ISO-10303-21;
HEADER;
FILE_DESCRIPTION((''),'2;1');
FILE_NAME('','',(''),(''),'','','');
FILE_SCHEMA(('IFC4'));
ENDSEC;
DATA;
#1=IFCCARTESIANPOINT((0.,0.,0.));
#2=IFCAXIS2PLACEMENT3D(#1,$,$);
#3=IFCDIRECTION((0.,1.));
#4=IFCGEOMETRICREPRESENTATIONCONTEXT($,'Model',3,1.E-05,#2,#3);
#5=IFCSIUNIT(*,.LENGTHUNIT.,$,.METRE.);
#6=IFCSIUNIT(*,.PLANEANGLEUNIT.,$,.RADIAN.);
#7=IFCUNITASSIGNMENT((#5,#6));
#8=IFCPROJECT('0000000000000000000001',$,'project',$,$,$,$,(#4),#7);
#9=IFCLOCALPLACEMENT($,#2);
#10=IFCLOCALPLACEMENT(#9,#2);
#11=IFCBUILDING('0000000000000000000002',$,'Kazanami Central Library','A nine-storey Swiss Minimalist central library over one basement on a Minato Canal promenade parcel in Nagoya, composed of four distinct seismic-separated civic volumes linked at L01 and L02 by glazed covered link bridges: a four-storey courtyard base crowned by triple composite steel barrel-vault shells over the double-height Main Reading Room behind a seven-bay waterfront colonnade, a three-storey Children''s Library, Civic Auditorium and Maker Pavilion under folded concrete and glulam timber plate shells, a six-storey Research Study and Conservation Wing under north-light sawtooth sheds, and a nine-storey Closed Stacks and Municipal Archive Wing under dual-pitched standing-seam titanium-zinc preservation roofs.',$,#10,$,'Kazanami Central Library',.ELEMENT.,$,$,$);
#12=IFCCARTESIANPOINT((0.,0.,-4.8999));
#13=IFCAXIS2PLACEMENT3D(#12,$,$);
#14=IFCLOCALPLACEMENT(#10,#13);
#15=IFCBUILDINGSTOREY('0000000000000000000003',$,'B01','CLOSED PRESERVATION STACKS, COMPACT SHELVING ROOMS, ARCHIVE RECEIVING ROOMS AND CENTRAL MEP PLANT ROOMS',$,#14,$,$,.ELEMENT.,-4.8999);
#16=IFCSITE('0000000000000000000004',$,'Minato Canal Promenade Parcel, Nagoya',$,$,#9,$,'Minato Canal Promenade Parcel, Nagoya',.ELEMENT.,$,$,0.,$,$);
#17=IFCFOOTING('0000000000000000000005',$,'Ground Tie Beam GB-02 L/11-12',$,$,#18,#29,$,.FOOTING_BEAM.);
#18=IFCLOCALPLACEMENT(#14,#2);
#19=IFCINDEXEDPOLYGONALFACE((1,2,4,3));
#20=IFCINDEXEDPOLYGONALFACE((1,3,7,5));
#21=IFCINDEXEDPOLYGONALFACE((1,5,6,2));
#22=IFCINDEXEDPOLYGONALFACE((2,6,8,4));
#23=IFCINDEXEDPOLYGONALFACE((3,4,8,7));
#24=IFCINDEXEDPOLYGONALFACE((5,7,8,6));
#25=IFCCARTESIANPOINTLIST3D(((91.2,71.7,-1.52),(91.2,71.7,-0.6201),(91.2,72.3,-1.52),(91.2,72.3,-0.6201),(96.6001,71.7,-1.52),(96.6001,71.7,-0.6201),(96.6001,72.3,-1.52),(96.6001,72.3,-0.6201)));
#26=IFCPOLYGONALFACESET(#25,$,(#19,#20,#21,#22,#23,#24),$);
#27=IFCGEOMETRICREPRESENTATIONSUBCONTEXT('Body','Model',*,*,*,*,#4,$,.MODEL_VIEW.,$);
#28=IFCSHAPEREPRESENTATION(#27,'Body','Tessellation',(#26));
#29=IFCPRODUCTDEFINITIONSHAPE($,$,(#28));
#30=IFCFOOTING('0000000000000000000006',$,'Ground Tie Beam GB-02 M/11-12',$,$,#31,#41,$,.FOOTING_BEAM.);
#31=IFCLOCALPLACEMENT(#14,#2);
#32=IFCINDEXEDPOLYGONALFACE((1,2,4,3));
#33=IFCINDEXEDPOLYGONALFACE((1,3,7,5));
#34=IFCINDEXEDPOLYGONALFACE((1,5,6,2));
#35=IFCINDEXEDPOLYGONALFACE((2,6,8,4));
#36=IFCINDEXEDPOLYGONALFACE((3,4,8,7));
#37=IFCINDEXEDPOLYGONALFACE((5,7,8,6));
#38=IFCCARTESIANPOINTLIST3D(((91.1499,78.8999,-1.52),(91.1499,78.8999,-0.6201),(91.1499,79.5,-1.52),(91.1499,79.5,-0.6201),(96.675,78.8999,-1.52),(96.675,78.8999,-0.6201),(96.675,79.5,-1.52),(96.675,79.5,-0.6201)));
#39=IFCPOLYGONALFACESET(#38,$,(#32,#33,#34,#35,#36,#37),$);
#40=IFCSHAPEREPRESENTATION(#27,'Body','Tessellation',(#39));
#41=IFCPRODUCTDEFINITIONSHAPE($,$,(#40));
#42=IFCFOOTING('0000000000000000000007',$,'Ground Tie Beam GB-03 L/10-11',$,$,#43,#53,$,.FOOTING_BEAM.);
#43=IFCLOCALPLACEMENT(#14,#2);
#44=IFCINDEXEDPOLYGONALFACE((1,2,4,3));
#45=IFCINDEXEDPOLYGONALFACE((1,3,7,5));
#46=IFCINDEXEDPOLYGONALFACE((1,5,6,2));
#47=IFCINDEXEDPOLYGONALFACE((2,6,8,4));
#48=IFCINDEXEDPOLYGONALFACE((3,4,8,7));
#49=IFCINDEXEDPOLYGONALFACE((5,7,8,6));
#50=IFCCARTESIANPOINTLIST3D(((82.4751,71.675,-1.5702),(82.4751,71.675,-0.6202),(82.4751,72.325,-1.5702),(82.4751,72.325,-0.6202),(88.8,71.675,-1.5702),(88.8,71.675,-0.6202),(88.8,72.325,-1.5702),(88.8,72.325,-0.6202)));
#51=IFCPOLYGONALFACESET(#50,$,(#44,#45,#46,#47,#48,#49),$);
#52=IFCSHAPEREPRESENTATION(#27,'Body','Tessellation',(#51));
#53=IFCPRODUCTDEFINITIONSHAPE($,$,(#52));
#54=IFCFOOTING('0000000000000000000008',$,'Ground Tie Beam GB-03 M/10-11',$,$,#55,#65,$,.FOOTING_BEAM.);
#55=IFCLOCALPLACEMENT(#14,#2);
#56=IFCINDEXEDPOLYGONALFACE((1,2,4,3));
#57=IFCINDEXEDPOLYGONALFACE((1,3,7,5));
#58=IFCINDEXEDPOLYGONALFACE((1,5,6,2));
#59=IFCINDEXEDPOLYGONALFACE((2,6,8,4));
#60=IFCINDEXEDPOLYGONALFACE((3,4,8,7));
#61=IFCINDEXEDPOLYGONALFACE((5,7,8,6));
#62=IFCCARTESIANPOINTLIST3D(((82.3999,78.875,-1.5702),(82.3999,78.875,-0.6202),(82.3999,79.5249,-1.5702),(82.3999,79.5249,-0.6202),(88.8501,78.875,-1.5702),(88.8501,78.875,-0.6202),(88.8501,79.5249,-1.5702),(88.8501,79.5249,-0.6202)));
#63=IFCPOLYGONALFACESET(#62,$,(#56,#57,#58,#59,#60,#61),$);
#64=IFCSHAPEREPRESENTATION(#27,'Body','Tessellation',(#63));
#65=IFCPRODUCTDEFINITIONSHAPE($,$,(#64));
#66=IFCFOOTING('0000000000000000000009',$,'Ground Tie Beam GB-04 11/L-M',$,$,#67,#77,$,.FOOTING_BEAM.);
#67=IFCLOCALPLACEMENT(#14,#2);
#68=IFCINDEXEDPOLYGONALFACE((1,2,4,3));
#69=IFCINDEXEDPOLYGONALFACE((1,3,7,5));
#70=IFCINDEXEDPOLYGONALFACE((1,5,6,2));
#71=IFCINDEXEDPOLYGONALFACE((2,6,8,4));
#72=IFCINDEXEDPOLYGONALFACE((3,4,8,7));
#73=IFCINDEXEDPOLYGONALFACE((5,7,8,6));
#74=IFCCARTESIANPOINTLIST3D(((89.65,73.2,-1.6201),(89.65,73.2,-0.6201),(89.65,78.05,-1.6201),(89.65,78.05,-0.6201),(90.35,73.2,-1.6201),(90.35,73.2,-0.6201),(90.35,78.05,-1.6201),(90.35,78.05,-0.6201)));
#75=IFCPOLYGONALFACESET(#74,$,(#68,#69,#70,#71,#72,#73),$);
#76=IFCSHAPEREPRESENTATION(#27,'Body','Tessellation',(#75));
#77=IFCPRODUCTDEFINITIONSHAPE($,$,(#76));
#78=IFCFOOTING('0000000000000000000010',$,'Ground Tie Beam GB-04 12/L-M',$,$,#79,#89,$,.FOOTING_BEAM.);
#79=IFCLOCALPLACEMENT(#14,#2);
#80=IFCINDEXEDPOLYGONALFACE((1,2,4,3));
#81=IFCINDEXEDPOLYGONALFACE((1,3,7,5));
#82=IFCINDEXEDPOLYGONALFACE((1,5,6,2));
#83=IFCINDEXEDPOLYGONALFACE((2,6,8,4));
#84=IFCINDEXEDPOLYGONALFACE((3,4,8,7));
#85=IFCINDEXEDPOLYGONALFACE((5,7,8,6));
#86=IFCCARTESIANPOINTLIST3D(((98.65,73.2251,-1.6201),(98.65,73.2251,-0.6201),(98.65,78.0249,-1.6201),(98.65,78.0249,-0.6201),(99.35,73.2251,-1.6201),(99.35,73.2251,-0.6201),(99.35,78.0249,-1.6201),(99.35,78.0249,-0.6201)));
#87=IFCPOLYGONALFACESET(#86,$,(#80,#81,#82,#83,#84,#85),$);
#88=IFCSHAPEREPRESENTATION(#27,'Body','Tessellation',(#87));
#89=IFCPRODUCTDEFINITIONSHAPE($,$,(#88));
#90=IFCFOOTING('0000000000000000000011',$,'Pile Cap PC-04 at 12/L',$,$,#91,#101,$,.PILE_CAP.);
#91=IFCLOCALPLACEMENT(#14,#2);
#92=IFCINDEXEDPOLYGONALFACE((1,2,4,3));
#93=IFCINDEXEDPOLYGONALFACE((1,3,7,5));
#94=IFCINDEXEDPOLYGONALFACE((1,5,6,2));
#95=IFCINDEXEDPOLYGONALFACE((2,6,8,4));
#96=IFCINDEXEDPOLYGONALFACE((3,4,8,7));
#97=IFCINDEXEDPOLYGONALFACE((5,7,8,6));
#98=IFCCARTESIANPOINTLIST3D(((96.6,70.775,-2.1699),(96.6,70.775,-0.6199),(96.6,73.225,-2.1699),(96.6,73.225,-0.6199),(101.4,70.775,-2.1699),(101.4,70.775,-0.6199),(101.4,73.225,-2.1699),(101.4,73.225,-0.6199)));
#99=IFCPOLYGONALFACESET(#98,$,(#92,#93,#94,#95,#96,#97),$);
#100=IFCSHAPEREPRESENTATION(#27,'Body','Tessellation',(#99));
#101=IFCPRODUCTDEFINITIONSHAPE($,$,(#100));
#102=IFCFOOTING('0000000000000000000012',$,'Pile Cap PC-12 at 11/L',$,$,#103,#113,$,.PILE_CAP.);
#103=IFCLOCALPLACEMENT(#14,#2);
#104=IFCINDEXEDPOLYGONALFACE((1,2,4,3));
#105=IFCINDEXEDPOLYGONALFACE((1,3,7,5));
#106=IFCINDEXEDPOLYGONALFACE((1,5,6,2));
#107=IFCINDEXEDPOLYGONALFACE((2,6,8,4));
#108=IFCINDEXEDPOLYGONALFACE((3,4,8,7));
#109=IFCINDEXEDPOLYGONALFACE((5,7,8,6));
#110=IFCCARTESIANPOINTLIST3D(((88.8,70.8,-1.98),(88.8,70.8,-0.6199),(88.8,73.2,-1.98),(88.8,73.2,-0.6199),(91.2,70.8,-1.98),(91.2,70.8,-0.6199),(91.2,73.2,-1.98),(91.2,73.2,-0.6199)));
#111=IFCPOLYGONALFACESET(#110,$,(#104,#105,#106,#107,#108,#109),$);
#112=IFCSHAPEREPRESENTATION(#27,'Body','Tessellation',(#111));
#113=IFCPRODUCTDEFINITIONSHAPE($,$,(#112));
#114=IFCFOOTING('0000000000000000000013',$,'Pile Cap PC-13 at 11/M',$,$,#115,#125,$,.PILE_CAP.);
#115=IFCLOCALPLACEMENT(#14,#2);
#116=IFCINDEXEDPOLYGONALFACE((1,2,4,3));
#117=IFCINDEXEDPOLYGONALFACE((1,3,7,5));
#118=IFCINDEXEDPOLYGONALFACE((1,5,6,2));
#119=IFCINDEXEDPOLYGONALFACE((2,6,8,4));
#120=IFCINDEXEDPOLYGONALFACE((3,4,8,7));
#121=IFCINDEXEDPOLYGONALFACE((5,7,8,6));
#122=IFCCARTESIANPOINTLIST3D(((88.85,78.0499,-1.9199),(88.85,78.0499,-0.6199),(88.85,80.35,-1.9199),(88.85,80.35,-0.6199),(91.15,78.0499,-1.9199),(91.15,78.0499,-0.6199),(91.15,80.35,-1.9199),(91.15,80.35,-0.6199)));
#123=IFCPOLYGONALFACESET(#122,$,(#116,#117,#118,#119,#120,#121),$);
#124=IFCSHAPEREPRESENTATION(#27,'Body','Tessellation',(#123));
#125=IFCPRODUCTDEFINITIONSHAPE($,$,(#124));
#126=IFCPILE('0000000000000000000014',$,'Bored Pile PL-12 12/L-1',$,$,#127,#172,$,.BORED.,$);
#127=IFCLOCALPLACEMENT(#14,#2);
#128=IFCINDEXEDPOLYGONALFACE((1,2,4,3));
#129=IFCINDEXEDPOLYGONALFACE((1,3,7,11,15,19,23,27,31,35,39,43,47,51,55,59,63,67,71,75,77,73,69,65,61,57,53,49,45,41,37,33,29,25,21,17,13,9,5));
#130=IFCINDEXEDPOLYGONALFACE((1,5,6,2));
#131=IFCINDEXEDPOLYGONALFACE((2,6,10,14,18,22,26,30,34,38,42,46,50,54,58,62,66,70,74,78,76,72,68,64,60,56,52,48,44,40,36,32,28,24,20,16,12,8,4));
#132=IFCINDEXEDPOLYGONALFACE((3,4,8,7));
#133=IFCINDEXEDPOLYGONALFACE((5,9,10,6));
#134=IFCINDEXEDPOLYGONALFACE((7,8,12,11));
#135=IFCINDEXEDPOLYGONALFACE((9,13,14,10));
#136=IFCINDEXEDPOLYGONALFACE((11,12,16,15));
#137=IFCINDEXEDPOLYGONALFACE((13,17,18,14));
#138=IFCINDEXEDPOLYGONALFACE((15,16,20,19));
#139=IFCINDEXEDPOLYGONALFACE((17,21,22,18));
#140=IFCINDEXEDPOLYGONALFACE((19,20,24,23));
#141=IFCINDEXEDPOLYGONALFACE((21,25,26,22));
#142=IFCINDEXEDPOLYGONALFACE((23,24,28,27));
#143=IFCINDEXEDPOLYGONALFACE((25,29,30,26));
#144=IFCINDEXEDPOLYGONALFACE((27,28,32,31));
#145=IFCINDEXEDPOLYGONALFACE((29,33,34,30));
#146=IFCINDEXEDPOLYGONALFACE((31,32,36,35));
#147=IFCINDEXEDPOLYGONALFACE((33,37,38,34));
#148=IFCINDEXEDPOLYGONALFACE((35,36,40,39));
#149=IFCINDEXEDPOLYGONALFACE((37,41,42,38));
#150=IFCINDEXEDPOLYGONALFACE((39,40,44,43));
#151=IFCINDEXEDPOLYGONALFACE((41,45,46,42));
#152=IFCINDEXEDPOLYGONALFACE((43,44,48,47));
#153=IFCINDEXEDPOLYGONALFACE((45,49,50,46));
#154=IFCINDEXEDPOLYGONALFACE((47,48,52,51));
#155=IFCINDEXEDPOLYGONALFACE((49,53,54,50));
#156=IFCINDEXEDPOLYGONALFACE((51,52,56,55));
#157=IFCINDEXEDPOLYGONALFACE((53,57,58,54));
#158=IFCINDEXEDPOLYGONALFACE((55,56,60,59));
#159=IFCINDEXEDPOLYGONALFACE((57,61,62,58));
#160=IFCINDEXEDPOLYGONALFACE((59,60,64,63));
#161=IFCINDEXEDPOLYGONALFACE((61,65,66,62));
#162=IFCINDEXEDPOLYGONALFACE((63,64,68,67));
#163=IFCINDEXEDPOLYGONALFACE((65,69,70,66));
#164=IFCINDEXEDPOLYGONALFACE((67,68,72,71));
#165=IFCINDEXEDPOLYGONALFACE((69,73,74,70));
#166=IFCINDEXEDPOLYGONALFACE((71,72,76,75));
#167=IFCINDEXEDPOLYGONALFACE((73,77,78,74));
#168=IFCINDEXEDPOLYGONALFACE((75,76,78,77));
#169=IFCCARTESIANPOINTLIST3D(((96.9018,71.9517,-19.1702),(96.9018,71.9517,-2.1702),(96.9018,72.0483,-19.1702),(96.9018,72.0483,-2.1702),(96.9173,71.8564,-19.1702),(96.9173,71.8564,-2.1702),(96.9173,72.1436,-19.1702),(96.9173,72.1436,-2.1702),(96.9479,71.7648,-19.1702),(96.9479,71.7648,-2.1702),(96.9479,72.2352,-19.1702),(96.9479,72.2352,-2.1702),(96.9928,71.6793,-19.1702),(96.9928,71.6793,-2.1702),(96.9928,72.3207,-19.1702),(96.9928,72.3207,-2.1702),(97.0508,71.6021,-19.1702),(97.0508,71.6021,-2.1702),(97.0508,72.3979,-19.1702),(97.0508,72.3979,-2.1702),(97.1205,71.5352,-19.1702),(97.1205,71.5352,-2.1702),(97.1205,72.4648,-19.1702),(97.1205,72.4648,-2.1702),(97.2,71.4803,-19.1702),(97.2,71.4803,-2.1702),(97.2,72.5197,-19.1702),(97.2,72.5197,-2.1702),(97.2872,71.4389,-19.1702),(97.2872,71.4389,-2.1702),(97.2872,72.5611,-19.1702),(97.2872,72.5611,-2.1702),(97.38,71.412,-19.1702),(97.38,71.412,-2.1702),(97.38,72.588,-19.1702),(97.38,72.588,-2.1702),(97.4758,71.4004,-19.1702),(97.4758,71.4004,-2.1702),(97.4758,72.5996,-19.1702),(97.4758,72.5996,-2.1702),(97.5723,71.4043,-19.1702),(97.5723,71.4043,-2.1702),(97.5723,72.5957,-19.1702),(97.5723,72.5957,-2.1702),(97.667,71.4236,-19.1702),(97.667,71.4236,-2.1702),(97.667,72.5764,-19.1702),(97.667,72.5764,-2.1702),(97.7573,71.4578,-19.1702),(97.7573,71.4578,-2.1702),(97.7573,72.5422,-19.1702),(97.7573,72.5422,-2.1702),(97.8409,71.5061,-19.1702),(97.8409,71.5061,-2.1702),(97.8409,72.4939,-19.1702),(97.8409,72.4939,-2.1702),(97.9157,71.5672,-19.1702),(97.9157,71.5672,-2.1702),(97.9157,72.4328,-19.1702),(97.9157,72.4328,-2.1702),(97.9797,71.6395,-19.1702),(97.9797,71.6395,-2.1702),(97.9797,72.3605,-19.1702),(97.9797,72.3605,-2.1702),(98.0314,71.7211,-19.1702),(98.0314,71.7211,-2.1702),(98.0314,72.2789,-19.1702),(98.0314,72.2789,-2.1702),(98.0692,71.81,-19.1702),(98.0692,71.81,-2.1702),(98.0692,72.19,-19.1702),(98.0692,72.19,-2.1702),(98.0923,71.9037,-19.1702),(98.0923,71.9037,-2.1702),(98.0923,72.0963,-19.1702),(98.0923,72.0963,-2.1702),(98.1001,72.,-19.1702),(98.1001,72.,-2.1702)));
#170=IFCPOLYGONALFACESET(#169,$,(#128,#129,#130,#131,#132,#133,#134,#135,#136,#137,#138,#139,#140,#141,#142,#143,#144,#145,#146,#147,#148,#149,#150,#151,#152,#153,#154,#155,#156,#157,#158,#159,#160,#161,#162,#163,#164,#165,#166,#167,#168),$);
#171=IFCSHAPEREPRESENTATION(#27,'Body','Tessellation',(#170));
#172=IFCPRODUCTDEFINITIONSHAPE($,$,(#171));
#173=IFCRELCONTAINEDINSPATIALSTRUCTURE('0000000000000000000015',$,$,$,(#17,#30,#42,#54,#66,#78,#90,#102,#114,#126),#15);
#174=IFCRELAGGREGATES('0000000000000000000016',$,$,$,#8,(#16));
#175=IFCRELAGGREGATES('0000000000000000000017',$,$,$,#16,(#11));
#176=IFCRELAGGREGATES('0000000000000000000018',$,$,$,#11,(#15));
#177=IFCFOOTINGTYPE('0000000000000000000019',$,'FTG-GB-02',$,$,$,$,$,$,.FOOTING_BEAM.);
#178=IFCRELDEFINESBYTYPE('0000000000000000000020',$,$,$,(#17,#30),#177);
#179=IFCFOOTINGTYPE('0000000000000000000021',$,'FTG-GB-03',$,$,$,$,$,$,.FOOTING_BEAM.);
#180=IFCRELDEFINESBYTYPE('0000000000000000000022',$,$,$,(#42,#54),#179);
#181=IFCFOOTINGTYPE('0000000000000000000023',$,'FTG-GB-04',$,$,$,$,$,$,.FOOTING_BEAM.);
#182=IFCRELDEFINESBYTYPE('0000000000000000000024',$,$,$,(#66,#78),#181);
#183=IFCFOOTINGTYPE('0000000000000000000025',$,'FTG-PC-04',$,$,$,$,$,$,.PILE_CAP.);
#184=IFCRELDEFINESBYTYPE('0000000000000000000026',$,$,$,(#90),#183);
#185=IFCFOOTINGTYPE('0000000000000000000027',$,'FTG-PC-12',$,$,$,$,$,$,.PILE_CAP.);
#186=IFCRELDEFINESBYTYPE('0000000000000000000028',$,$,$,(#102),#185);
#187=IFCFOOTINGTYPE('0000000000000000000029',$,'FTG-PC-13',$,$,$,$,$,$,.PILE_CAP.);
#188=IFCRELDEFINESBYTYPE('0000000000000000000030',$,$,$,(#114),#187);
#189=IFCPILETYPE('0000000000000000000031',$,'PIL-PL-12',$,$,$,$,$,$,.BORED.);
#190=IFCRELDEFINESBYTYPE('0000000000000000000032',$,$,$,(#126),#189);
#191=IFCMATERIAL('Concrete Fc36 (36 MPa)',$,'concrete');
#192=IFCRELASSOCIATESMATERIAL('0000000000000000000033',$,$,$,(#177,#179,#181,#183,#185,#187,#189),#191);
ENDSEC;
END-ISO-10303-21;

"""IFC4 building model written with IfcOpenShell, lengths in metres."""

from ifc_helpers import new_model, si_unit, direction, frame, origin, origin_2d, place, context, subcontext, project, spatial, rectangle, circle, extrude, material, material_profile, profile_set, type_object, element, save


model = new_model("IFC4")

# Units and contexts
model_context = context("Model", 3, precision=1e-05, world=origin(), true_north=direction((0.0, 1.0)))
body_context = subcontext(model_context, "Body", "Model", "MODEL_VIEW")
ifc_project = project(units=[si_unit("LENGTHUNIT", "METRE"), si_unit("PLANEANGLEUNIT", "RADIAN")], contexts=[model_context])

# Site, building, storey
site_placement = place(None, origin())
site = spatial("IfcSite", under=ifc_project, at=site_placement, Name="Minato Canal Promenade Parcel, Nagoya", LongName="Minato Canal Promenade Parcel, Nagoya", CompositionType="ELEMENT", RefElevation=0.0)
building_placement = place(site_placement, origin())
building = spatial("IfcBuilding", under=site, at=building_placement, Name="Kazanami Central Library", Description="A nine-storey Swiss Minimalist central library over one basement on a Minato Canal promenade parcel in Nagoya, composed of four distinct seismic-separated civic volumes linked at L01 and L02 by glazed covered link bridges: a four-storey courtyard base crowned by triple composite steel barrel-vault shells over the double-height Main Reading Room behind a seven-bay waterfront colonnade, a three-storey Children's Library, Civic Auditorium and Maker Pavilion under folded concrete and glulam timber plate shells, a six-storey Research Study and Conservation Wing under north-light sawtooth sheds, and a nine-storey Closed Stacks and Municipal Archive Wing under dual-pitched standing-seam titanium-zinc preservation roofs.", LongName="Kazanami Central Library", CompositionType="ELEMENT")
storey_placement = place(building_placement, frame((0.0, 0.0, -4.8999)))
storey = spatial("IfcBuildingStorey", under=building, at=storey_placement, Name="B01", Description="CLOSED PRESERVATION STACKS, COMPACT SHELVING ROOMS, ARCHIVE RECEIVING ROOMS AND CENTRAL MEP PLANT ROOMS", CompositionType="ELEMENT", Elevation=-4.8999)

# Footings
ifc_material_1 = material(Name="Concrete Fc36 (36 MPa)", Category="concrete")
ifc_material_profile_1 = material_profile(ifc_material_1, rectangle(XDim=0.6001, YDim=0.8999, at=origin_2d()), Name="RC-600x900")
ifc_profile_set_1 = profile_set([ifc_material_profile_1], Name="Concrete Fc36 (36 MPa)")
footing_type_1 = type_object("IfcFootingType", Name="FTG-GB-02", PredefinedType="FOOTING_BEAM", material=ifc_profile_set_1)
footing_1_placement = place(storey_placement, frame((91.2, 72.0, -1.0701), z_axis=(1.0, 0.0, 0.0), x_axis=(0.0, 1.0, 0.0)))
element("IfcFooting", 1, at=footing_1_placement, inside=storey, type_object=footing_type_1, Name="Ground Tie Beam GB-02 L/11-12", PredefinedType="FOOTING_BEAM", context=body_context, shape_type="SweptSolid", body=[
    extrude(rectangle(XDim=0.6001, YDim=0.8999, at=origin_2d()), origin(), (0.0, 0.0, 1.0), 5.4001),
])
footing_2_placement = place(storey_placement, frame((91.1499, 79.2, -1.0701), z_axis=(1.0, 0.0, 0.0), x_axis=(0.0, 1.0, 0.0)))
element("IfcFooting", 2, at=footing_2_placement, inside=storey, type_object=footing_type_1, Name="Ground Tie Beam GB-02 M/11-12", PredefinedType="FOOTING_BEAM", context=body_context, shape_type="SweptSolid", body=[
    extrude(rectangle(XDim=0.6001, YDim=0.8999, at=origin_2d()), origin(), (0.0, 0.0, 1.0), 5.5251),
])
ifc_material_profile_2 = material_profile(ifc_material_1, rectangle(XDim=0.6499, YDim=0.95, at=origin_2d()), Name="RC-650x950")
ifc_profile_set_2 = profile_set([ifc_material_profile_2], Name="Concrete Fc36 (36 MPa)")
footing_type_2 = type_object("IfcFootingType", Name="FTG-GB-03", PredefinedType="FOOTING_BEAM", material=ifc_profile_set_2)
footing_3_placement = place(storey_placement, frame((82.4751, 72.0, -1.0952), z_axis=(1.0, 0.0, 0.0), x_axis=(0.0, 1.0, 0.0)))
element("IfcFooting", 3, at=footing_3_placement, inside=storey, type_object=footing_type_2, Name="Ground Tie Beam GB-03 L/10-11", PredefinedType="FOOTING_BEAM", context=body_context, shape_type="SweptSolid", body=[
    extrude(rectangle(XDim=0.6499, YDim=0.95, at=origin_2d()), origin(), (0.0, 0.0, 1.0), 6.325),
])
footing_4_placement = place(storey_placement, frame((82.3999, 79.2, -1.0952), z_axis=(1.0, 0.0, 0.0), x_axis=(0.0, 1.0, 0.0)))
element("IfcFooting", 4, at=footing_4_placement, inside=storey, type_object=footing_type_2, Name="Ground Tie Beam GB-03 M/10-11", PredefinedType="FOOTING_BEAM", context=body_context, shape_type="SweptSolid", body=[
    extrude(rectangle(XDim=0.6499, YDim=0.95, at=origin_2d()), origin(), (0.0, 0.0, 1.0), 6.4502),
])
ifc_material_profile_3 = material_profile(ifc_material_1, rectangle(XDim=0.7, YDim=1.0, at=origin_2d()), Name="RC-700x1000")
ifc_profile_set_3 = profile_set([ifc_material_profile_3], Name="Concrete Fc36 (36 MPa)")
footing_type_3 = type_object("IfcFootingType", Name="FTG-GB-04", PredefinedType="FOOTING_BEAM", material=ifc_profile_set_3)
footing_5_placement = place(storey_placement, frame((90.0, 73.2, -1.1201), z_axis=(0.0, 1.0, 0.0), x_axis=(-1.0, 0.0, 0.0)))
element("IfcFooting", 5, at=footing_5_placement, inside=storey, type_object=footing_type_3, Name="Ground Tie Beam GB-04 11/L-M", PredefinedType="FOOTING_BEAM", context=body_context, shape_type="SweptSolid", body=[
    extrude(rectangle(XDim=0.7, YDim=1.0, at=origin_2d()), origin(), (0.0, 0.0, 1.0), 4.8501),
])
footing_6_placement = place(storey_placement, frame((99.0, 73.2251, -1.1201), z_axis=(0.0, 1.0, 0.0), x_axis=(-1.0, 0.0, 0.0)))
element("IfcFooting", 6, at=footing_6_placement, inside=storey, type_object=footing_type_3, Name="Ground Tie Beam GB-04 12/L-M", PredefinedType="FOOTING_BEAM", context=body_context, shape_type="SweptSolid", body=[
    extrude(rectangle(XDim=0.7, YDim=1.0, at=origin_2d()), origin(), (0.0, 0.0, 1.0), 4.7998),
])
footing_type_4 = type_object("IfcFootingType", Name="FTG-PC-04", PredefinedType="PILE_CAP", material=ifc_material_1)
footing_7_placement = place(storey_placement, frame((99.0, 72.0, -2.1699), z_axis=(0.0, 0.0, 1.0), x_axis=(1.0, 0.0, 0.0)))
element("IfcFooting", 7, at=footing_7_placement, inside=storey, type_object=footing_type_4, Name="Pile Cap PC-04 at 12/L", PredefinedType="PILE_CAP", context=body_context, shape_type="SweptSolid", body=[
    extrude(rectangle(XDim=4.8, YDim=2.45, at=origin_2d()), origin(), (0.0, 0.0, 1.0), 1.55),
])
footing_type_5 = type_object("IfcFootingType", Name="FTG-PC-12", PredefinedType="PILE_CAP", material=ifc_material_1)
footing_8_placement = place(storey_placement, frame((90.0, 72.0, -1.98), z_axis=(0.0, 0.0, 1.0), x_axis=(1.0, 0.0, 0.0)))
element("IfcFooting", 8, at=footing_8_placement, inside=storey, type_object=footing_type_5, Name="Pile Cap PC-12 at 11/L", PredefinedType="PILE_CAP", context=body_context, shape_type="SweptSolid", body=[
    extrude(rectangle(XDim=2.3999, YDim=2.3999, at=origin_2d()), origin(), (0.0, 0.0, 1.0), 1.3601),
])
footing_type_6 = type_object("IfcFootingType", Name="FTG-PC-13", PredefinedType="PILE_CAP", material=ifc_material_1)
footing_9_placement = place(storey_placement, frame((90.0, 79.2, -1.9199), z_axis=(0.0, 0.0, 1.0), x_axis=(1.0, 0.0, 0.0)))
element("IfcFooting", 9, at=footing_9_placement, inside=storey, type_object=footing_type_6, Name="Pile Cap PC-13 at 11/M", PredefinedType="PILE_CAP", context=body_context, shape_type="SweptSolid", body=[
    extrude(rectangle(XDim=2.3, YDim=2.3, at=origin_2d()), origin(), (0.0, 0.0, 1.0), 1.3),
])

# Pile
ifc_material_profile_4 = material_profile(ifc_material_1, circle(Radius=0.6001, at=origin_2d()), Name="BORED-D1200")
ifc_profile_set_4 = profile_set([ifc_material_profile_4], Name="Concrete Fc36 (36 MPa)")
pile_type_1 = type_object("IfcPileType", Name="PIL-PL-12", PredefinedType="BORED", material=ifc_profile_set_4)
pile_placement = place(storey_placement, frame((97.5, 72.0, -2.1702), z_axis=(0.0, 0.0, -1.0), x_axis=(1.0, 0.0, 0.0)))
element("IfcPile", 10, at=pile_placement, inside=storey, type_object=pile_type_1, Name="Bored Pile PL-12 12/L-1", PredefinedType="BORED", context=body_context, shape_type="SweptSolid", body=[
    extrude(circle(Radius=0.6001, at=origin_2d()), origin(), (0.0, 0.0, 1.0), 17.0),
])

save(model, "model.ifc")
